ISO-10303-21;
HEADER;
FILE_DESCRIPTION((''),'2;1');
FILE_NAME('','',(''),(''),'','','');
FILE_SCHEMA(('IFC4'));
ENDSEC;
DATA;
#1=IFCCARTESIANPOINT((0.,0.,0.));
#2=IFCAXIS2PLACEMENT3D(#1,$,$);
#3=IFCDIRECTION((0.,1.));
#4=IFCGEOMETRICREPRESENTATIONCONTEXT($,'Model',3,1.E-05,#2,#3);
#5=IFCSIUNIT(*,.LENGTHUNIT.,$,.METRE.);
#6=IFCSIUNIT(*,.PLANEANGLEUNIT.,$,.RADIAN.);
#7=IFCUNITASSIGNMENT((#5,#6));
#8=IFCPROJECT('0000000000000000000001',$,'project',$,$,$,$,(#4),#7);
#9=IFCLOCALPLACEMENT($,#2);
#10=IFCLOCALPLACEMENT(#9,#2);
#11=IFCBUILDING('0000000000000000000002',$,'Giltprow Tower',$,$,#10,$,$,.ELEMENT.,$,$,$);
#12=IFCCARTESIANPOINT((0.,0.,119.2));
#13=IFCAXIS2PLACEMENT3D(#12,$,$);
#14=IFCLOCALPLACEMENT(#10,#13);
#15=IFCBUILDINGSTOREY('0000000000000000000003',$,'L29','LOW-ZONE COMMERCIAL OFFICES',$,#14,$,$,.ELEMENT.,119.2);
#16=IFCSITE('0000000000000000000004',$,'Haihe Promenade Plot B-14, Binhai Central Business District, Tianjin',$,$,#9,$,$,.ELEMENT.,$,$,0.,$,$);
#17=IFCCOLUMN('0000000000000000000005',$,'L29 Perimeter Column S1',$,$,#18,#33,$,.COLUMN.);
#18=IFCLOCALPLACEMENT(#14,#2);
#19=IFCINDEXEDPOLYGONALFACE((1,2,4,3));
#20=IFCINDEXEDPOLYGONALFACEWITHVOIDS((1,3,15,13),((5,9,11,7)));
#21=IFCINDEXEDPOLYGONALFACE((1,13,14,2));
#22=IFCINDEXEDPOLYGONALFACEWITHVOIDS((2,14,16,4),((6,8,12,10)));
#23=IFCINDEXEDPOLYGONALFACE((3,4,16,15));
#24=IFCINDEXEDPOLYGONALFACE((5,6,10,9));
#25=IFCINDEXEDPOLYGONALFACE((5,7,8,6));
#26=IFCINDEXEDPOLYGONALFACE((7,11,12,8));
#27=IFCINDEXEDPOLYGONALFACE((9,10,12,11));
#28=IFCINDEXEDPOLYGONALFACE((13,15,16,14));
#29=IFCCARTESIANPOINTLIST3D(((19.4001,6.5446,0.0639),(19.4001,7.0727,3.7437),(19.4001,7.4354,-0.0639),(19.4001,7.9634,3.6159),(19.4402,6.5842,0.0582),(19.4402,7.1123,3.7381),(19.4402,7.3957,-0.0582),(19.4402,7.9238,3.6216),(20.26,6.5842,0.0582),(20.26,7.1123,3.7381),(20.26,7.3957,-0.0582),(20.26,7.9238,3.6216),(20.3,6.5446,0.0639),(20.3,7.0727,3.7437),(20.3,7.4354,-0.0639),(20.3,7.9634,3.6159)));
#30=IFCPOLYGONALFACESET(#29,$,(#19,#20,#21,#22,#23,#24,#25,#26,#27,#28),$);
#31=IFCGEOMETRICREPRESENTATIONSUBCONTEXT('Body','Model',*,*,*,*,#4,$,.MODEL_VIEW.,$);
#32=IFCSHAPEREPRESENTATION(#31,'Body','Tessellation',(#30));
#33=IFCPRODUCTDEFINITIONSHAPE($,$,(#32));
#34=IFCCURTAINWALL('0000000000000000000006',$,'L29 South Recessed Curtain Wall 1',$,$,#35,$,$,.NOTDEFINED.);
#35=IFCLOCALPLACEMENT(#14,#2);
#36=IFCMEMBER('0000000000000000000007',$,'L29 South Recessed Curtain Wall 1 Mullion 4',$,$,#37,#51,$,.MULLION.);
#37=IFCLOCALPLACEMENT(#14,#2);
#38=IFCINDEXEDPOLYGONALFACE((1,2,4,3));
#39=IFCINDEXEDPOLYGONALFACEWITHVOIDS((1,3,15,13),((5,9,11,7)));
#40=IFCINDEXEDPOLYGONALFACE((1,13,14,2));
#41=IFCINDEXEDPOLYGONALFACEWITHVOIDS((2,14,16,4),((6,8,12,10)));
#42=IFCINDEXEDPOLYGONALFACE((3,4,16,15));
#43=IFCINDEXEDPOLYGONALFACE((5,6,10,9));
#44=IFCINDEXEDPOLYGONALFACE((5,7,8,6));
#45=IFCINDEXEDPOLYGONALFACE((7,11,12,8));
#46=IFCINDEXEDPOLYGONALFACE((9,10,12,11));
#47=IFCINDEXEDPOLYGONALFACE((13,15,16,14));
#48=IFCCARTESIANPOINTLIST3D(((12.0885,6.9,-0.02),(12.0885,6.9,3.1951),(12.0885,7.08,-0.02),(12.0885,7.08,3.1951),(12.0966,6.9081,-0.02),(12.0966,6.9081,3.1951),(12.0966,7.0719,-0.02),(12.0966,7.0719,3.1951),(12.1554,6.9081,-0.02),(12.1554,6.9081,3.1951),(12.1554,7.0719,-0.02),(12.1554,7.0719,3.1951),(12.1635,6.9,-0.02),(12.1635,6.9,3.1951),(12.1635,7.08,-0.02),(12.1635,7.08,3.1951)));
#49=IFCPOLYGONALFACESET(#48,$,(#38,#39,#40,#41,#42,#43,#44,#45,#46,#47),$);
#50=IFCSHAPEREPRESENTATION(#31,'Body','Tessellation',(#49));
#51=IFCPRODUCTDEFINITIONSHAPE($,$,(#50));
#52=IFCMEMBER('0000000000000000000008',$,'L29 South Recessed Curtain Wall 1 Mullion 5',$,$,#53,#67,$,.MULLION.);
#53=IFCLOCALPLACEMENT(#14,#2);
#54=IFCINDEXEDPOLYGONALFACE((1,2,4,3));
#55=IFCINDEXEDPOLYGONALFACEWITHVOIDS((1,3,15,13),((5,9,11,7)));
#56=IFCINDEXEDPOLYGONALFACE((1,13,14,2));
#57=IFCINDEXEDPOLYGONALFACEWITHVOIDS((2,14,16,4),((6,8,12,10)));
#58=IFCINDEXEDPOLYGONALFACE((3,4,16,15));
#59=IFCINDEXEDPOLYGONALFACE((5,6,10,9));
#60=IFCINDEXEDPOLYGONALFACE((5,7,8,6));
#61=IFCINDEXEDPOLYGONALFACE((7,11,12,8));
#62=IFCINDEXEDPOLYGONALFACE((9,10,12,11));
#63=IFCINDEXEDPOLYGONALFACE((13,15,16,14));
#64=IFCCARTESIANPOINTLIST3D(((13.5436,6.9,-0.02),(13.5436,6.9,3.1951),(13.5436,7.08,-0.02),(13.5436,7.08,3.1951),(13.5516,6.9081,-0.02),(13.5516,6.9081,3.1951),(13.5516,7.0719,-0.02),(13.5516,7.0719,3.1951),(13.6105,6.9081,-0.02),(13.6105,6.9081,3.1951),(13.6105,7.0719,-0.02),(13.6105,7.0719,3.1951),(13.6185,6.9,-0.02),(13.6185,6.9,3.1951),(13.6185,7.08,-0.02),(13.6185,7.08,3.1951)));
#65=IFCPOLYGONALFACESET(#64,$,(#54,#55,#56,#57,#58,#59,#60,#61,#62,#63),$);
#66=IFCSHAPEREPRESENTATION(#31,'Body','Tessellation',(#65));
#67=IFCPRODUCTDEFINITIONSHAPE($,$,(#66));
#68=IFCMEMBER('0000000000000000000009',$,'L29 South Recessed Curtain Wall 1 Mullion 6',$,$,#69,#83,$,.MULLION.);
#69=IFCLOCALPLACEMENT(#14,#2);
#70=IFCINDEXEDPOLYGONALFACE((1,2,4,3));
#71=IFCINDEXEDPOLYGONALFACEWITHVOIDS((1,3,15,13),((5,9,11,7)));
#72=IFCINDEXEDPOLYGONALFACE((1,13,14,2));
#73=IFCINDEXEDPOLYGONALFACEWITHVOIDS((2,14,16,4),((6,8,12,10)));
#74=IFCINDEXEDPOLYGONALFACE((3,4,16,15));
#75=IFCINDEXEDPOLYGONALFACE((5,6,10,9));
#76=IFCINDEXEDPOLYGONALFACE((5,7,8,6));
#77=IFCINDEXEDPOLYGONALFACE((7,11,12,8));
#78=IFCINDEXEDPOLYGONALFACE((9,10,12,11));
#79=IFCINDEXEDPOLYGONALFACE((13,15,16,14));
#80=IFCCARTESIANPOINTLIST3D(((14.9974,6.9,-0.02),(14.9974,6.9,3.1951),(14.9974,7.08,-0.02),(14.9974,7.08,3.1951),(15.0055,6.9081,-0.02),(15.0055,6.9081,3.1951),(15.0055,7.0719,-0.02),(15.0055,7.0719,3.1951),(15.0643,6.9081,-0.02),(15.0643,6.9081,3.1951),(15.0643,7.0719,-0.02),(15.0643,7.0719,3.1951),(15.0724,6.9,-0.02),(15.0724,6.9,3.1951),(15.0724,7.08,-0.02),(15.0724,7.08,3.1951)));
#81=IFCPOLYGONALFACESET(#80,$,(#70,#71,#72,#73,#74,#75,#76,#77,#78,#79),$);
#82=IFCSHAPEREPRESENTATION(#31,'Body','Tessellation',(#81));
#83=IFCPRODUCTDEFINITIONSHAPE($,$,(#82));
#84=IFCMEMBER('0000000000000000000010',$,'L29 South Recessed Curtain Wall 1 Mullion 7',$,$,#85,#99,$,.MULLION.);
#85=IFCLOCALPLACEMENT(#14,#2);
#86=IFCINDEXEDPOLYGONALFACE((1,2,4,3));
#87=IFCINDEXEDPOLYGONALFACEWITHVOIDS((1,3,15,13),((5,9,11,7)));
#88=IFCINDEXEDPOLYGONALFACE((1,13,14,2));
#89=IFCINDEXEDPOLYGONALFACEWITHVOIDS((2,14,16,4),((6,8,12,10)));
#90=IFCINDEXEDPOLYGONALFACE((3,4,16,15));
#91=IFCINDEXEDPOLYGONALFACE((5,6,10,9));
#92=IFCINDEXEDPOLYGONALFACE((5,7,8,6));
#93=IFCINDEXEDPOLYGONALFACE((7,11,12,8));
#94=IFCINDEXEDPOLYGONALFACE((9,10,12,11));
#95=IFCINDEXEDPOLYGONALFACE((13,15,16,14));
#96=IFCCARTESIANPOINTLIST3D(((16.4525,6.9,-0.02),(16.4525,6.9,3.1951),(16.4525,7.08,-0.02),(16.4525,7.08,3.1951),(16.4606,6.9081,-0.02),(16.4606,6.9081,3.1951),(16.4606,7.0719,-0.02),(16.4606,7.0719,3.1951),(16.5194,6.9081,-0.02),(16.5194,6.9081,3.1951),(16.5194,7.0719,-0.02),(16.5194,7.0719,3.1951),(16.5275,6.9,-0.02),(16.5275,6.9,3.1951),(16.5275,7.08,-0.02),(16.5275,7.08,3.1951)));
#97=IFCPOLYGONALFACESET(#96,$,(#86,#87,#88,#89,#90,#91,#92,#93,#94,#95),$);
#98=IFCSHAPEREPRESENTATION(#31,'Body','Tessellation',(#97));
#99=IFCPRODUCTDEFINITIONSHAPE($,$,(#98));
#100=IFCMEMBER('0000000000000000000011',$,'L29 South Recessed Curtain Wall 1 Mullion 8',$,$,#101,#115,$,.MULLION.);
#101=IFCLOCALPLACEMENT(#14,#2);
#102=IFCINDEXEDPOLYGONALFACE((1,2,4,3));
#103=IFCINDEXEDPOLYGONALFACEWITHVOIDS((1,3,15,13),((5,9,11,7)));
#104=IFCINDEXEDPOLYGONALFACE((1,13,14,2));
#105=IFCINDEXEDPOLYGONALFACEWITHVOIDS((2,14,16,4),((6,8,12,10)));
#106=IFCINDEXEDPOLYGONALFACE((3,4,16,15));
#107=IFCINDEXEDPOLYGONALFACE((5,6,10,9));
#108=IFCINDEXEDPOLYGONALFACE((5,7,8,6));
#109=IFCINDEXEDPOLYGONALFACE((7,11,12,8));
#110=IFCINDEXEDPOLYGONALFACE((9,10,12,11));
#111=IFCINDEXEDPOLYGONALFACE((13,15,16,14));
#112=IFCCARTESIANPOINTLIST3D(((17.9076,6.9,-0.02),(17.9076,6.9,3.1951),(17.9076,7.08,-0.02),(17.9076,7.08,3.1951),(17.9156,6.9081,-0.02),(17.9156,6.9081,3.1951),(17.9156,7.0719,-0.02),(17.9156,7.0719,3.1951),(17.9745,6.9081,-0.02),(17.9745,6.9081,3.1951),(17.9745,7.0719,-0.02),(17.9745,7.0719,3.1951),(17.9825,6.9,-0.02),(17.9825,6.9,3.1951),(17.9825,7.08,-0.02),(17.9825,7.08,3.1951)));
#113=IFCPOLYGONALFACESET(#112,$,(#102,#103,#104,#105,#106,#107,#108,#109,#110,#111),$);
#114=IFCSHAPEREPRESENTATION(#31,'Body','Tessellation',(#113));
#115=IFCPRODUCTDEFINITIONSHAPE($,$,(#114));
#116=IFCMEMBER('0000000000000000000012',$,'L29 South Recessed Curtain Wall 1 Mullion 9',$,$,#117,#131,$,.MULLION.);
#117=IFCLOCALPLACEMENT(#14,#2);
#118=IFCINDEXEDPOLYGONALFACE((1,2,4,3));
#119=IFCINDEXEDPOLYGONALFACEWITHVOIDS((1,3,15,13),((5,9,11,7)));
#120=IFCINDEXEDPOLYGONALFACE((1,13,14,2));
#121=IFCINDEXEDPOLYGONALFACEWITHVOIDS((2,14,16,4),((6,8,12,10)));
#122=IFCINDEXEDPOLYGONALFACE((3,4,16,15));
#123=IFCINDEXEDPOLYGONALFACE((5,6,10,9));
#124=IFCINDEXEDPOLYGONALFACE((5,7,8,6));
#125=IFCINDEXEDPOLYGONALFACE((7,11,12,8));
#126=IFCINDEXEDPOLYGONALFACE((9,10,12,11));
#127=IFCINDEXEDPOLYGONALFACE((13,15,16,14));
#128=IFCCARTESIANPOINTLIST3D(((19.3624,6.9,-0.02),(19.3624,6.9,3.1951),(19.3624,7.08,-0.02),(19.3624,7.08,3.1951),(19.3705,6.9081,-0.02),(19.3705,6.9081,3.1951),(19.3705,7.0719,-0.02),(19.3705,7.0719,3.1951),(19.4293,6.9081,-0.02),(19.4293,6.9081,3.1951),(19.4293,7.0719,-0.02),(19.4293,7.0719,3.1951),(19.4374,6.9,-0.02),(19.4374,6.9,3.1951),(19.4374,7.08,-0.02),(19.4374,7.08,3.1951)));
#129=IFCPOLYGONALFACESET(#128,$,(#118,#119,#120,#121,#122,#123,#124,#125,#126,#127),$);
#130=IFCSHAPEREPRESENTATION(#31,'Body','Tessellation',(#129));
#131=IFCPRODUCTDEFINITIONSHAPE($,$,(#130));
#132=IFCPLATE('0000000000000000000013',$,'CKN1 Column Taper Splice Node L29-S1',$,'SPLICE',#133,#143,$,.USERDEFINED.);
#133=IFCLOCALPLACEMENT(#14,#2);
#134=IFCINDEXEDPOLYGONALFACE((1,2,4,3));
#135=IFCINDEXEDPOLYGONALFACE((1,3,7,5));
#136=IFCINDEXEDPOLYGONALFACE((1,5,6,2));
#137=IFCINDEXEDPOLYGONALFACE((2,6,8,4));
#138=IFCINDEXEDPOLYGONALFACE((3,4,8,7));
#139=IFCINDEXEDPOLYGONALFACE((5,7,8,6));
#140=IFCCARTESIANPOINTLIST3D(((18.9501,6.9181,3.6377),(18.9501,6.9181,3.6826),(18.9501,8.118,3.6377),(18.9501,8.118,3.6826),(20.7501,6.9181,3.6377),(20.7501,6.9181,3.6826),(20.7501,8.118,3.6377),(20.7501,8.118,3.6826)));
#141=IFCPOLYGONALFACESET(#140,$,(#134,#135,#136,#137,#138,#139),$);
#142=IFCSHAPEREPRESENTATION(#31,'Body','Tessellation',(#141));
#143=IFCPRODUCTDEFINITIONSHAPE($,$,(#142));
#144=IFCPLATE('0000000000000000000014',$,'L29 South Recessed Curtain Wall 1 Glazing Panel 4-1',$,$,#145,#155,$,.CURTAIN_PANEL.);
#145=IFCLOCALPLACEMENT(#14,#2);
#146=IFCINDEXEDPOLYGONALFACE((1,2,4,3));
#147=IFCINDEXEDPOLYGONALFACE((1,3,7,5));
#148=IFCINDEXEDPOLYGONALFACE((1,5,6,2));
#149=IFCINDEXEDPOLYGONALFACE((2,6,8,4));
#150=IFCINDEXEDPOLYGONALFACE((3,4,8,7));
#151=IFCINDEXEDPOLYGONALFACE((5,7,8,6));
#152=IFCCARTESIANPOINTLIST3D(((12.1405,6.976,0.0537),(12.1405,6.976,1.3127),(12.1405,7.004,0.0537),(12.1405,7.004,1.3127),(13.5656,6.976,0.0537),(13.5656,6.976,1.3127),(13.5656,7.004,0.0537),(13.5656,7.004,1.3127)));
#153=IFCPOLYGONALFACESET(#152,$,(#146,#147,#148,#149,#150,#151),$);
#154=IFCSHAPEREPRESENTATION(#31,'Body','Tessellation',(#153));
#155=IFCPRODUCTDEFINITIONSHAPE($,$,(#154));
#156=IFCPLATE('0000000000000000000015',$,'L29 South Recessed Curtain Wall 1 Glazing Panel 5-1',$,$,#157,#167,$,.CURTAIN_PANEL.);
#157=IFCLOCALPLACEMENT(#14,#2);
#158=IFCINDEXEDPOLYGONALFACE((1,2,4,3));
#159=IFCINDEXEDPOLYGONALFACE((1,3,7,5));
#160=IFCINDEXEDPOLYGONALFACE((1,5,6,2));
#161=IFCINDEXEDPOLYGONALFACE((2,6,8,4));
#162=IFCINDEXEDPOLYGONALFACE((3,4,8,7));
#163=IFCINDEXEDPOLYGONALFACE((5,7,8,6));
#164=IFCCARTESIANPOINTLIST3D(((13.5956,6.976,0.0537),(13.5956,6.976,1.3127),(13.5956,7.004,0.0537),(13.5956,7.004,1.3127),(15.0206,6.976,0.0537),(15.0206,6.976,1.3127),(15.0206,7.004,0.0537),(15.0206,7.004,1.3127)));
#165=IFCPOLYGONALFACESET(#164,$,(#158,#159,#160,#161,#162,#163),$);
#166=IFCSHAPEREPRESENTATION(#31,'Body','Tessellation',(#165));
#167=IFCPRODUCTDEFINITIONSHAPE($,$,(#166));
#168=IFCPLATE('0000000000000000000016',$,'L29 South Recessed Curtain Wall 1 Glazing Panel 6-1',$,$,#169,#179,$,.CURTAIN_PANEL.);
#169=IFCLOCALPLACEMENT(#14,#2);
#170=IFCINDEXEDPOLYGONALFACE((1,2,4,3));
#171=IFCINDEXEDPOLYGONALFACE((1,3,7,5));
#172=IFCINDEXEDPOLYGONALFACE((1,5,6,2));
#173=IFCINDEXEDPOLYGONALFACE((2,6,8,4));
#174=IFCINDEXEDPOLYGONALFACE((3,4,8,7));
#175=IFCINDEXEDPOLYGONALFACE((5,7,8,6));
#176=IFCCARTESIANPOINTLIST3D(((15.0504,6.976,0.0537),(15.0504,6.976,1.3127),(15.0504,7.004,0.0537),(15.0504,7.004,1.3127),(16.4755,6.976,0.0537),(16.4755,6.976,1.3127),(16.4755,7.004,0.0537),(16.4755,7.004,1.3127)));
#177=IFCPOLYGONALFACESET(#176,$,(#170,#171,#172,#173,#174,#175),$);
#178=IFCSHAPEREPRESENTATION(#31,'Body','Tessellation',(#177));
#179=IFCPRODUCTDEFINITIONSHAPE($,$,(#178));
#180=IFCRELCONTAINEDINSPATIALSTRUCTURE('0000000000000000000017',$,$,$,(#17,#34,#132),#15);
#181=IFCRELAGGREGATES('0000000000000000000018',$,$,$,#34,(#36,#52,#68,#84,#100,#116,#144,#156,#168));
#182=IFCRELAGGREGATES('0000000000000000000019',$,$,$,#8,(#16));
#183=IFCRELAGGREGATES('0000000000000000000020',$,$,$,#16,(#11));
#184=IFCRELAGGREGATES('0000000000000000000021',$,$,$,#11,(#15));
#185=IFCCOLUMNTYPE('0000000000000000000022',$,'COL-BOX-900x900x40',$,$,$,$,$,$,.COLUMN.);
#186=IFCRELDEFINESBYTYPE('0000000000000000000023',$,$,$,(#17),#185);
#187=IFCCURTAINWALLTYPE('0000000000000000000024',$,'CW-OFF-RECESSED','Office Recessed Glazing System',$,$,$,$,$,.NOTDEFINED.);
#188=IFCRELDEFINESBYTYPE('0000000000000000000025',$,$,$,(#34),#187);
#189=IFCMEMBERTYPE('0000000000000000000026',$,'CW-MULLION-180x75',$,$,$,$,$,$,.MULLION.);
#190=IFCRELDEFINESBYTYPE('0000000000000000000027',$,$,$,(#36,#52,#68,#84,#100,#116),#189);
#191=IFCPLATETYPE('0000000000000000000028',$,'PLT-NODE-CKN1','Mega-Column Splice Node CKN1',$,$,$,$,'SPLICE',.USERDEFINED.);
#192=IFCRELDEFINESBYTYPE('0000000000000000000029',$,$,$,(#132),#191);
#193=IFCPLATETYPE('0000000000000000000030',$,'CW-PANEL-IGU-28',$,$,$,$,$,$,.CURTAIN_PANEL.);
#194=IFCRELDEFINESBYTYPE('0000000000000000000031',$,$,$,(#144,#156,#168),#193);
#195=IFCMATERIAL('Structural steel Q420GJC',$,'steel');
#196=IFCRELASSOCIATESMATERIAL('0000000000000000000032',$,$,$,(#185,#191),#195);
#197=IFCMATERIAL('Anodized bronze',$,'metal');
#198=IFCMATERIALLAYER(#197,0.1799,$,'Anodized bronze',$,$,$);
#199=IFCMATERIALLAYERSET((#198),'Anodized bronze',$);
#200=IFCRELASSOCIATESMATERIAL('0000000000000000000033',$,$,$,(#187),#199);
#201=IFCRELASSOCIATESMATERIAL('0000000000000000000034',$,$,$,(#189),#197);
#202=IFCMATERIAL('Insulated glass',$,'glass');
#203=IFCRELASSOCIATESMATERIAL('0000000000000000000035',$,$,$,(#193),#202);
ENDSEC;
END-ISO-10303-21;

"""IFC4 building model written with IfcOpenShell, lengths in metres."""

from ifc_helpers import new_model, si_unit, direction, frame, origin, origin_2d, place, context, subcontext, project, spatial, rectangle, hollow_rectangle, extrude, source, transform, mapped, material, layer, layer_set, material_profile, profile_set, type_object, element, aggregate, save


model = new_model("IFC4")

# Units and contexts
model_context = context("Model", 3, precision=1e-05, world=origin(), true_north=direction((0.0, 1.0)))
body_context = subcontext(model_context, "Body", "Model", "MODEL_VIEW")
ifc_project = project(units=[si_unit("LENGTHUNIT", "METRE"), si_unit("PLANEANGLEUNIT", "RADIAN")], contexts=[model_context])

# Site, building, storey
site_placement = place(None, origin())
site = spatial("IfcSite", under=ifc_project, at=site_placement, Name="Haihe Promenade Plot B-14, Binhai Central Business District, Tianjin", CompositionType="ELEMENT", RefElevation=0.0)
building_placement = place(site_placement, origin())
building = spatial("IfcBuilding", under=site, at=building_placement, Name="Giltprow Tower", CompositionType="ELEMENT")
storey_placement = place(building_placement, frame((0.0, 0.0, 119.2)))
storey = spatial("IfcBuildingStorey", under=building, at=storey_placement, Name="L29", Description="LOW-ZONE COMMERCIAL OFFICES", CompositionType="ELEMENT", Elevation=119.2)

# Column
ifc_material_1 = material(Name="Structural steel Q420GJC", Category="steel")
ifc_material_profile_1 = material_profile(ifc_material_1, hollow_rectangle(XDim=0.8999, YDim=0.8999, WallThickness=0.04, at=origin_2d()), Name="BOX 900x900x40")
ifc_profile_set_1 = profile_set([ifc_material_profile_1], Name="Structural steel Q420GJC")
column_type = type_object("IfcColumnType", Name="COL-BOX-900x900x40", PredefinedType="COLUMN", material=ifc_profile_set_1)
shared_shape_1 = source(origin(), body_context, "Body", "SweptSolid", [
    extrude(hollow_rectangle(XDim=0.8999, YDim=0.8999, WallThickness=0.04, at=origin_2d()), origin(), (0.0, 0.0, 1.0), 3.7175),
])
column_placement = place(storey_placement, frame((19.8501, 6.99, 0.0), z_axis=(0.0, 0.142047, 0.98986), x_axis=(-1.0, 0.0, 0.0)))
element("IfcColumn", 1, at=column_placement, inside=storey, type_object=column_type, Name="L29 Perimeter Column S1", PredefinedType="COLUMN", context=body_context, shape_type="MappedRepresentation", body=[
    mapped(shared_shape_1, transform((0.0, 0.0, 0.0), x_axis=(1.0, 0.0, 0.0), y_axis=(0.0, 1.0, 0.0), z_axis=(0.0, 0.0, 1.0), scale=1.0)),
])

# Curtain wall, members
ifc_material_2 = material(Name="Anodized bronze", Category="metal")
ifc_layer = layer(ifc_material_2, 0.1799, Name="Anodized bronze")
ifc_layer_set = layer_set([ifc_layer], Name="Anodized bronze")
curtain_wall_type = type_object("IfcCurtainWallType", Name="CW-OFF-RECESSED", Description="Office Recessed Glazing System", PredefinedType="NOTDEFINED", material=ifc_layer_set)
curtain_wall_placement = place(storey_placement, origin())
curtain_wall = element("IfcCurtainWall", 2, at=curtain_wall_placement, inside=storey, type_object=curtain_wall_type, Name="L29 South Recessed Curtain Wall 1", PredefinedType="NOTDEFINED")
ifc_material_profile_2 = material_profile(ifc_material_2, hollow_rectangle(XDim=0.075, YDim=0.1799, WallThickness=0.0081, at=origin_2d()), Name="RHS 180x75x8")
ifc_profile_set_2 = profile_set([ifc_material_profile_2], Name="Anodized bronze")
member_type = type_object("IfcMemberType", Name="CW-MULLION-180x75", PredefinedType="MULLION", material=ifc_profile_set_2)
shared_shape_2 = source(origin(), body_context, "Body", "SweptSolid", [
    extrude(hollow_rectangle(XDim=0.075, YDim=0.1799, WallThickness=0.0081, at=origin_2d()), origin(), (0.0, 0.0, 1.0), 3.2151),
])
member_1_placement = place(storey_placement, frame((12.126, 6.99, -0.02), z_axis=(0.0, 0.0, 1.0), x_axis=(1.0, 0.0, 0.0)))
member_1 = element("IfcMember", 3, at=member_1_placement, type_object=member_type, Name="L29 South Recessed Curtain Wall 1 Mullion 4", PredefinedType="MULLION", context=body_context, shape_type="MappedRepresentation", body=[
    mapped(shared_shape_2, transform((0.0, 0.0, 0.0), x_axis=(1.0, 0.0, 0.0), y_axis=(0.0, 1.0, 0.0), z_axis=(0.0, 0.0, 1.0), scale=1.0)),
])
member_2_placement = place(storey_placement, frame((13.5811, 6.99, -0.02), z_axis=(0.0, 0.0, 1.0), x_axis=(1.0, 0.0, 0.0)))
member_2 = element("IfcMember", 4, at=member_2_placement, type_object=member_type, Name="L29 South Recessed Curtain Wall 1 Mullion 5", PredefinedType="MULLION", context=body_context, shape_type="MappedRepresentation", body=[
    mapped(shared_shape_2, transform((0.0, 0.0, 0.0), x_axis=(1.0, 0.0, 0.0), y_axis=(0.0, 1.0, 0.0), z_axis=(0.0, 0.0, 1.0), scale=1.0)),
])
member_3_placement = place(storey_placement, frame((15.0349, 6.99, -0.02), z_axis=(0.0, 0.0, 1.0), x_axis=(1.0, 0.0, 0.0)))
member_3 = element("IfcMember", 5, at=member_3_placement, type_object=member_type, Name="L29 South Recessed Curtain Wall 1 Mullion 6", PredefinedType="MULLION", context=body_context, shape_type="MappedRepresentation", body=[
    mapped(shared_shape_2, transform((0.0, 0.0, 0.0), x_axis=(1.0, 0.0, 0.0), y_axis=(0.0, 1.0, 0.0), z_axis=(0.0, 0.0, 1.0), scale=1.0)),
])
member_4_placement = place(storey_placement, frame((16.49, 6.99, -0.02), z_axis=(0.0, 0.0, 1.0), x_axis=(1.0, 0.0, 0.0)))
member_4 = element("IfcMember", 6, at=member_4_placement, type_object=member_type, Name="L29 South Recessed Curtain Wall 1 Mullion 7", PredefinedType="MULLION", context=body_context, shape_type="MappedRepresentation", body=[
    mapped(shared_shape_2, transform((0.0, 0.0, 0.0), x_axis=(1.0, 0.0, 0.0), y_axis=(0.0, 1.0, 0.0), z_axis=(0.0, 0.0, 1.0), scale=1.0)),
])
member_5_placement = place(storey_placement, frame((17.9451, 6.99, -0.02), z_axis=(0.0, 0.0, 1.0), x_axis=(1.0, 0.0, 0.0)))
member_5 = element("IfcMember", 7, at=member_5_placement, type_object=member_type, Name="L29 South Recessed Curtain Wall 1 Mullion 8", PredefinedType="MULLION", context=body_context, shape_type="MappedRepresentation", body=[
    mapped(shared_shape_2, transform((0.0, 0.0, 0.0), x_axis=(1.0, 0.0, 0.0), y_axis=(0.0, 1.0, 0.0), z_axis=(0.0, 0.0, 1.0), scale=1.0)),
])
member_6_placement = place(storey_placement, frame((19.3999, 6.99, -0.02), z_axis=(0.0, 0.0, 1.0), x_axis=(1.0, 0.0, 0.0)))
member_6 = element("IfcMember", 8, at=member_6_placement, type_object=member_type, Name="L29 South Recessed Curtain Wall 1 Mullion 9", PredefinedType="MULLION", context=body_context, shape_type="MappedRepresentation", body=[
    mapped(shared_shape_2, transform((0.0, 0.0, 0.0), x_axis=(1.0, 0.0, 0.0), y_axis=(0.0, 1.0, 0.0), z_axis=(0.0, 0.0, 1.0), scale=1.0)),
])

# Plates
plate_type_1 = type_object("IfcPlateType", Name="PLT-NODE-CKN1", Description="Mega-Column Splice Node CKN1", ElementType="SPLICE", PredefinedType="USERDEFINED", material=ifc_material_1)
shared_shape_3 = source(origin(), body_context, "Body", "SweptSolid", [
    extrude(rectangle(XDim=1.8, YDim=1.2, at=origin_2d()), origin(), (0.0, 0.0, 1.0), 0.0449),
])
plate_1_placement = place(storey_placement, frame((19.8501, 7.5181, 3.6377), z_axis=(0.0, 0.0, 1.0), x_axis=(1.0, 0.0, 0.0)))
element("IfcPlate", 9, at=plate_1_placement, inside=storey, type_object=plate_type_1, Name="CKN1 Column Taper Splice Node L29-S1", ObjectType="SPLICE", PredefinedType="USERDEFINED", context=body_context, shape_type="MappedRepresentation", body=[
    mapped(shared_shape_3, transform((0.0, 0.0, 0.0), x_axis=(1.0, 0.0, 0.0), y_axis=(0.0, 1.0, 0.0), z_axis=(0.0, 0.0, 1.0), scale=1.0)),
])
ifc_material_3 = material(Name="Insulated glass", Category="glass")
plate_type_2 = type_object("IfcPlateType", Name="CW-PANEL-IGU-28", PredefinedType="CURTAIN_PANEL", material=ifc_material_3)
shared_shape_4 = source(origin(), body_context, "Body", "SweptSolid", [
    extrude(rectangle(XDim=1.425, YDim=0.0281, at=origin_2d()), origin(), (0.0, 0.0, 1.0), 1.259),
])
plate_2_placement = place(storey_placement, frame((12.853, 6.99, 0.0537), z_axis=(0.0, 0.0, 1.0), x_axis=(1.0, 0.0, 0.0)))
plate_2 = element("IfcPlate", 10, at=plate_2_placement, type_object=plate_type_2, Name="L29 South Recessed Curtain Wall 1 Glazing Panel 4-1", PredefinedType="CURTAIN_PANEL", context=body_context, shape_type="MappedRepresentation", body=[
    mapped(shared_shape_4, transform((0.0, 0.0, 0.0), x_axis=(1.0, 0.0, 0.0), y_axis=(0.0, 1.0, 0.0), z_axis=(0.0, 0.0, 1.0), scale=1.0)),
])
plate_3_placement = place(storey_placement, frame((14.3081, 6.99, 0.0537), z_axis=(0.0, 0.0, 1.0), x_axis=(1.0, 0.0, 0.0)))
plate_3 = element("IfcPlate", 11, at=plate_3_placement, type_object=plate_type_2, Name="L29 South Recessed Curtain Wall 1 Glazing Panel 5-1", PredefinedType="CURTAIN_PANEL", context=body_context, shape_type="MappedRepresentation", body=[
    mapped(shared_shape_4, transform((0.0, 0.0, 0.0), x_axis=(1.0, 0.0, 0.0), y_axis=(0.0, 1.0, 0.0), z_axis=(0.0, 0.0, 1.0), scale=1.0)),
])
plate_4_placement = place(storey_placement, frame((15.7629, 6.99, 0.0537), z_axis=(0.0, 0.0, 1.0), x_axis=(1.0, 0.0, 0.0)))
plate_4 = element("IfcPlate", 12, at=plate_4_placement, type_object=plate_type_2, Name="L29 South Recessed Curtain Wall 1 Glazing Panel 6-1", PredefinedType="CURTAIN_PANEL", context=body_context, shape_type="MappedRepresentation", body=[
    mapped(shared_shape_4, transform((0.0, 0.0, 0.0), x_axis=(1.0, 0.0, 0.0), y_axis=(0.0, 1.0, 0.0), z_axis=(0.0, 0.0, 1.0), scale=1.0)),
])
aggregate(curtain_wall, [member_1, member_2, member_3, member_4, member_5, member_6, plate_2, plate_3, plate_4])

save(model, "model.ifc")
